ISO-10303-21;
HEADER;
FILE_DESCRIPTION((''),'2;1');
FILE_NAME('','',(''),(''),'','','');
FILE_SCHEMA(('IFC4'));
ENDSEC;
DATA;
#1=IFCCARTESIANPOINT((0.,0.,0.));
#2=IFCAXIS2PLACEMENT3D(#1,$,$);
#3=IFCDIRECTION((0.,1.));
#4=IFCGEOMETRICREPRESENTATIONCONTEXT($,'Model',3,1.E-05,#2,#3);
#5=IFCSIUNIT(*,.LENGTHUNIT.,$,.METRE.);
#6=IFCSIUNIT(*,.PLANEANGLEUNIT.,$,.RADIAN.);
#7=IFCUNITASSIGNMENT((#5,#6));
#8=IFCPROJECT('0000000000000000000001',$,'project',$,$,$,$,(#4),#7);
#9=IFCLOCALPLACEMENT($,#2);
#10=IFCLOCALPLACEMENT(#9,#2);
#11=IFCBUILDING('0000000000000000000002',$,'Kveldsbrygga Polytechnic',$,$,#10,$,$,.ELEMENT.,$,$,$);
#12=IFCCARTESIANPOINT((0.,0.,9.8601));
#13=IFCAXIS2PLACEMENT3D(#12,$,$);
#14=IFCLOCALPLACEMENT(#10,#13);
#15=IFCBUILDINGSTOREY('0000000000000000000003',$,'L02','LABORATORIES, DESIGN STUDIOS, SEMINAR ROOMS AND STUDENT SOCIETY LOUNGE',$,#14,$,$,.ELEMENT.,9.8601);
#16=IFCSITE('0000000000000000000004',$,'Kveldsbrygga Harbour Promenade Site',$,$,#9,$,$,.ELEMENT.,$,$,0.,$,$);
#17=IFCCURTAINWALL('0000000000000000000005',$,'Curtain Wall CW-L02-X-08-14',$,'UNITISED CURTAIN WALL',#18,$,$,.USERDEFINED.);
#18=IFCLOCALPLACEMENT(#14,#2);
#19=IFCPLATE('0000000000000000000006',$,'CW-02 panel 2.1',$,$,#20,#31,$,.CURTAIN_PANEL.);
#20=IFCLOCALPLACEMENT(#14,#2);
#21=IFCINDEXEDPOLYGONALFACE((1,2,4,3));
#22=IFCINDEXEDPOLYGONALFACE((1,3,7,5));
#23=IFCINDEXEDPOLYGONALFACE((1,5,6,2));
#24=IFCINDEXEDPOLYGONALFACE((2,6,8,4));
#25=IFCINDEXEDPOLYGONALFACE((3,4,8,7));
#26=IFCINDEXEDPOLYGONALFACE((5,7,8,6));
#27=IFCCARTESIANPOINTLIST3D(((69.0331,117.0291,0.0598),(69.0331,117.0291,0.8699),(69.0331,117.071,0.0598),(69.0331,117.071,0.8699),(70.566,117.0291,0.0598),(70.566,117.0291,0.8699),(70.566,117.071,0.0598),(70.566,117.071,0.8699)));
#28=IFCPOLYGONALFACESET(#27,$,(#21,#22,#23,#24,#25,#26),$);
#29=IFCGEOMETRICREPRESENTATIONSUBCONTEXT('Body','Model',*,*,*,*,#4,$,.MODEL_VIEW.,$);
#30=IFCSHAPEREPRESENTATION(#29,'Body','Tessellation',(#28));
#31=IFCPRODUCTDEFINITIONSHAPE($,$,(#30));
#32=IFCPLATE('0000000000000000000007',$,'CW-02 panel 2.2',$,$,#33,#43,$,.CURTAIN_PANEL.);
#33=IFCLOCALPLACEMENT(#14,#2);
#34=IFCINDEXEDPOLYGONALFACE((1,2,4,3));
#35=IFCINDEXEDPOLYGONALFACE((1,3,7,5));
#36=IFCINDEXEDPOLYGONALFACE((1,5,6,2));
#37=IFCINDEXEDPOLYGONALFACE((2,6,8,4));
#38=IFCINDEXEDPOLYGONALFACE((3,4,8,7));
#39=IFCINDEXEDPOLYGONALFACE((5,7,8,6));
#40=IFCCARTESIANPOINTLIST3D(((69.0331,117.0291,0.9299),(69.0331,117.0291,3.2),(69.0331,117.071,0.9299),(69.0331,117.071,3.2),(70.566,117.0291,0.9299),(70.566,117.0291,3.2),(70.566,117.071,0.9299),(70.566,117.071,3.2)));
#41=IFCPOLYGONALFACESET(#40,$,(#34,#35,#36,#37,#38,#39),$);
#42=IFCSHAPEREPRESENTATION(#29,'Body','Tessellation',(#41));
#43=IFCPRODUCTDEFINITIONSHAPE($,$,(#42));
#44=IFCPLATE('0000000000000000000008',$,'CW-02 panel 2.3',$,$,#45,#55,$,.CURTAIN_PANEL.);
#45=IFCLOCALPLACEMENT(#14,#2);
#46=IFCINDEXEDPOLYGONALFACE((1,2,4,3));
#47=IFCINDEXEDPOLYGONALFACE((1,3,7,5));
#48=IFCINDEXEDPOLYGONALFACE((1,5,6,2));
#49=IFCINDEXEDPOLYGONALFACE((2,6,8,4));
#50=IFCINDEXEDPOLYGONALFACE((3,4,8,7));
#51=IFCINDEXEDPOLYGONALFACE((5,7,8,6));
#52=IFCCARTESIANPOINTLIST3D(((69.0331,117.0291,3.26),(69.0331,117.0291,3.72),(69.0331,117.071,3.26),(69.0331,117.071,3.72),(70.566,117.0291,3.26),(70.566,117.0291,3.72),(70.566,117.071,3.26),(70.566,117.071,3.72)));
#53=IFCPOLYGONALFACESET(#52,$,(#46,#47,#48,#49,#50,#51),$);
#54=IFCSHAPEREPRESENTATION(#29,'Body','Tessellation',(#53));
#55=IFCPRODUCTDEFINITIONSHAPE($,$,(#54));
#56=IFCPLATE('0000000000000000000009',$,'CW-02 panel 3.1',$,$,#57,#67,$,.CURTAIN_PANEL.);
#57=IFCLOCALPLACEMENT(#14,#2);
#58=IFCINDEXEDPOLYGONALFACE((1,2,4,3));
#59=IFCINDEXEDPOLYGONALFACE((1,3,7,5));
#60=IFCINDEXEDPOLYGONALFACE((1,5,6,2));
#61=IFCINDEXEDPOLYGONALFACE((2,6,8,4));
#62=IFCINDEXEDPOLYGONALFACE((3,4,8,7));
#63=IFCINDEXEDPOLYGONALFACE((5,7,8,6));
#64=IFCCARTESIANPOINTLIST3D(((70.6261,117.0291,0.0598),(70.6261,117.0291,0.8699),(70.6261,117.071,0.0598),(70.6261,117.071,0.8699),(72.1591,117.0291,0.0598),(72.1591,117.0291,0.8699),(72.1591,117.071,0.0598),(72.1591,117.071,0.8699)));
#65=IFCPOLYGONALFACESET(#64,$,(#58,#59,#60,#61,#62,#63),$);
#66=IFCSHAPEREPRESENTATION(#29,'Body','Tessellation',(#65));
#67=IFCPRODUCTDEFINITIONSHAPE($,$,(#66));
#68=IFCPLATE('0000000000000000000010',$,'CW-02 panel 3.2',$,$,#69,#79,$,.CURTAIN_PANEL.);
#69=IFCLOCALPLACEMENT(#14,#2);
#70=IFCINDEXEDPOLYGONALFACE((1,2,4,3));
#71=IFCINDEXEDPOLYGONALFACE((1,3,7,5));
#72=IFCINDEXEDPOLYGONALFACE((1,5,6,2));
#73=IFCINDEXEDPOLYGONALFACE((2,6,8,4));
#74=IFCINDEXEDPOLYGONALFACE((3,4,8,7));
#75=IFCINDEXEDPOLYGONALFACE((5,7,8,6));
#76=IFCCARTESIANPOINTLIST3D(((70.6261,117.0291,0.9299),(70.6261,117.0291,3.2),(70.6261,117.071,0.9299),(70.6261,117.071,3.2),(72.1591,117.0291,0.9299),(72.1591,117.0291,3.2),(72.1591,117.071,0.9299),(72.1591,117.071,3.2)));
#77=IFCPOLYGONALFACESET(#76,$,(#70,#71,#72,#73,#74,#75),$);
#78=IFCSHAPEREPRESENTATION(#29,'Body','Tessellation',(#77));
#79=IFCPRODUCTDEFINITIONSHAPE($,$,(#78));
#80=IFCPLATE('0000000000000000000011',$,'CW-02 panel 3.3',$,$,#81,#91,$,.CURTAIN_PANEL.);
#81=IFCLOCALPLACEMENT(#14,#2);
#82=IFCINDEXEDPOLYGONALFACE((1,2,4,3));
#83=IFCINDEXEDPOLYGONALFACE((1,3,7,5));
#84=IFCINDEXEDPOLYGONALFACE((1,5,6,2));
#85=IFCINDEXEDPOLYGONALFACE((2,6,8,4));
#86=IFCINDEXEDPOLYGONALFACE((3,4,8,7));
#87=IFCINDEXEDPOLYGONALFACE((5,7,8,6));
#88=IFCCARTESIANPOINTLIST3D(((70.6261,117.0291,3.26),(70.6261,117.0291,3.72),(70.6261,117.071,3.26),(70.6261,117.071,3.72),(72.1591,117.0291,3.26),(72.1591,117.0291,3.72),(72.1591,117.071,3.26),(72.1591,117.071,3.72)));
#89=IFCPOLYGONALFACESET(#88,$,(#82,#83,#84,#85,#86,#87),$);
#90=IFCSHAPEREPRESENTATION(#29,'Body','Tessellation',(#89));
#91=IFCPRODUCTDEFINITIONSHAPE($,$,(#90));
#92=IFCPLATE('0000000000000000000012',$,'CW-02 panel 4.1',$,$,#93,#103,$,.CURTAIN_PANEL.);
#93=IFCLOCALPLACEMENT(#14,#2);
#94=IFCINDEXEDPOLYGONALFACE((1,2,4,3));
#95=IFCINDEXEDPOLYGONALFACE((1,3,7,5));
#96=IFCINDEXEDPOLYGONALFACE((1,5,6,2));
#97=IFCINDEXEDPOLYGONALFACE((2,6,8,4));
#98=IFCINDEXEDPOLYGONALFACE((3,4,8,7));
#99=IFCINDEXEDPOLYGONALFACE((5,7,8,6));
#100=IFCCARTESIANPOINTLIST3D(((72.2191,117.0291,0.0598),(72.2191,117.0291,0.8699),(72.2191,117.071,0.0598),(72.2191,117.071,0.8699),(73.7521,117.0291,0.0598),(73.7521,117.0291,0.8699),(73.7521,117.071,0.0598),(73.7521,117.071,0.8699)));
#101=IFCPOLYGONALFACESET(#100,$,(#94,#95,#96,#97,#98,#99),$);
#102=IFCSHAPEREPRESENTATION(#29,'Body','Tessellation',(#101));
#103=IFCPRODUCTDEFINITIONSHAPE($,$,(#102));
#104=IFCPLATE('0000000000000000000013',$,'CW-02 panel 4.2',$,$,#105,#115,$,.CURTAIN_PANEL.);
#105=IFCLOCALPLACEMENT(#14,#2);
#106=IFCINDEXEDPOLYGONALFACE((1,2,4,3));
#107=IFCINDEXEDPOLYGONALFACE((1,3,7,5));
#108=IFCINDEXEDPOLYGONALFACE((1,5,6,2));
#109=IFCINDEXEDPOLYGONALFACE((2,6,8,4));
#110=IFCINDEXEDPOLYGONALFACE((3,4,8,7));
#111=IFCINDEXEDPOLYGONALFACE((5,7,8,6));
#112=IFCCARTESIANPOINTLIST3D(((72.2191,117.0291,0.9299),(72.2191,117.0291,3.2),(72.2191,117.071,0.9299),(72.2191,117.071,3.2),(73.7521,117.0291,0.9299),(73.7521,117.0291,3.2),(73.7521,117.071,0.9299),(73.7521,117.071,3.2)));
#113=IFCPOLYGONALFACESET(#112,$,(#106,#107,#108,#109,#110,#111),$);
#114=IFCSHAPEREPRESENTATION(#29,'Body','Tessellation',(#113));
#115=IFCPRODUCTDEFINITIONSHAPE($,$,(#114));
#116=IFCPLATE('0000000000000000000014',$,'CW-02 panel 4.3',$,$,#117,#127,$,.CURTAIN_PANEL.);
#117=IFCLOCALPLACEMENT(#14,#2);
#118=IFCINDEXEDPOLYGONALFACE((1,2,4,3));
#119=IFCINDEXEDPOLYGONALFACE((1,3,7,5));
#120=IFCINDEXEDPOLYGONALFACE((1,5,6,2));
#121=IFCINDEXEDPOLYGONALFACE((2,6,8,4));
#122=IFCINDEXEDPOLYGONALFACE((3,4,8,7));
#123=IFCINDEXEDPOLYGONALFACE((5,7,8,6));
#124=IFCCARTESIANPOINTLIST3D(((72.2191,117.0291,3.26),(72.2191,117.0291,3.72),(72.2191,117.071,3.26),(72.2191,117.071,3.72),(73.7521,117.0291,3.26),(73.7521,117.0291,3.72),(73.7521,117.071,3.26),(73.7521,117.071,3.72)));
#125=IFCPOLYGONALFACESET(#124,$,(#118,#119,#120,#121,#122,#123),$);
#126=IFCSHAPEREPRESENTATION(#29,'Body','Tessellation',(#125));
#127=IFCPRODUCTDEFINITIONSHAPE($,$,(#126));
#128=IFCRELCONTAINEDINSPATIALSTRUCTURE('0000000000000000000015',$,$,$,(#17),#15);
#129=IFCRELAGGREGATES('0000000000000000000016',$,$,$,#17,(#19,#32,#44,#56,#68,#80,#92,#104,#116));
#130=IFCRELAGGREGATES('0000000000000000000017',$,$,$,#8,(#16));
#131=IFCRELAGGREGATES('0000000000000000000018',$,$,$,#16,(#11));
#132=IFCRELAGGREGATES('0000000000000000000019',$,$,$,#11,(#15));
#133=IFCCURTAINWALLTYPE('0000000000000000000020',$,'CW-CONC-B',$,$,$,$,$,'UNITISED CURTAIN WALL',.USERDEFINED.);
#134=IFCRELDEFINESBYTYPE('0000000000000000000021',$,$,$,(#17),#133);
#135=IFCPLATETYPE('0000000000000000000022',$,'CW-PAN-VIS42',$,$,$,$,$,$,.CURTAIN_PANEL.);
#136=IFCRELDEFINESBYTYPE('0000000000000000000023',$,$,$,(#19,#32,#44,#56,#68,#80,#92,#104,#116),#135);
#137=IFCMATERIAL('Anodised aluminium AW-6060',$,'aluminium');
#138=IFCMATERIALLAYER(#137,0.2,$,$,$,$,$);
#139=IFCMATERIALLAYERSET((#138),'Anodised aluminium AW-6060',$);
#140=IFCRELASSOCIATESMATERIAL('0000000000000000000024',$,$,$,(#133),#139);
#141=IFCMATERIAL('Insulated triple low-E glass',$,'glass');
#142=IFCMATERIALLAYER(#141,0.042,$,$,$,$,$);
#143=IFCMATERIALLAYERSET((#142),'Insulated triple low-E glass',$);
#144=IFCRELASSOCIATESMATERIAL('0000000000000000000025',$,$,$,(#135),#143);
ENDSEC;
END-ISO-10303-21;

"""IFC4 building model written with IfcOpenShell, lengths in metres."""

from ifc_helpers import new_model, si_unit, direction, frame, origin, origin_2d, place, context, subcontext, project, spatial, rectangle, extrude, material, layer, layer_set, type_object, element, aggregate, save


model = new_model("IFC4")

# Units and contexts
model_context = context("Model", 3, precision=1e-05, world=origin(), true_north=direction((0.0, 1.0)))
body_context = subcontext(model_context, "Body", "Model", "MODEL_VIEW")
ifc_project = project(units=[si_unit("LENGTHUNIT", "METRE"), si_unit("PLANEANGLEUNIT", "RADIAN")], contexts=[model_context])

# Site, building, storey
site_placement = place(None, origin())
site = spatial("IfcSite", under=ifc_project, at=site_placement, Name="Kveldsbrygga Harbour Promenade Site", CompositionType="ELEMENT", RefElevation=0.0)
building_placement = place(site_placement, origin())
building = spatial("IfcBuilding", under=site, at=building_placement, Name="Kveldsbrygga Polytechnic", CompositionType="ELEMENT")
storey_placement = place(building_placement, frame((0.0, 0.0, 9.8601)))
storey = spatial("IfcBuildingStorey", under=building, at=storey_placement, Name="L02", Description="LABORATORIES, DESIGN STUDIOS, SEMINAR ROOMS AND STUDENT SOCIETY LOUNGE", CompositionType="ELEMENT", Elevation=9.8601)

# Curtain wall, plates
ifc_material_1 = material(Name="Anodised aluminium AW-6060", Category="aluminium")
ifc_layer_1 = layer(ifc_material_1, 0.2)
ifc_layer_set_1 = layer_set([ifc_layer_1], Name="Anodised aluminium AW-6060")
curtain_wall_type = type_object("IfcCurtainWallType", Name="CW-CONC-B", ElementType="UNITISED CURTAIN WALL", PredefinedType="USERDEFINED", material=ifc_layer_set_1)
curtain_wall_placement = place(storey_placement, origin())
curtain_wall = element("IfcCurtainWall", 1, at=curtain_wall_placement, inside=storey, type_object=curtain_wall_type, Name="Curtain Wall CW-L02-X-08-14", ObjectType="UNITISED CURTAIN WALL", PredefinedType="USERDEFINED")
ifc_material_2 = material(Name="Insulated triple low-E glass", Category="glass")
ifc_layer_2 = layer(ifc_material_2, 0.042)
ifc_layer_set_2 = layer_set([ifc_layer_2], Name="Insulated triple low-E glass")
plate_type = type_object("IfcPlateType", Name="CW-PAN-VIS42", PredefinedType="CURTAIN_PANEL", material=ifc_layer_set_2)
plate_1_placement = place(storey_placement, frame((69.7996, 117.05, 0.0598), z_axis=(0.0, 0.0, 1.0), x_axis=(1.0, 0.0, 0.0)))
plate_1 = element("IfcPlate", 2, at=plate_1_placement, type_object=plate_type, Name="CW-02 panel 2.1", PredefinedType="CURTAIN_PANEL", context=body_context, shape_type="SweptSolid", body=[
    extrude(rectangle(XDim=1.533, YDim=0.042, at=origin_2d()), origin(), (0.0, 0.0, 1.0), 0.8101),
])
plate_2_placement = place(storey_placement, frame((69.7996, 117.05, 0.9299), z_axis=(0.0, 0.0, 1.0), x_axis=(1.0, 0.0, 0.0)))
plate_2 = element("IfcPlate", 3, at=plate_2_placement, type_object=plate_type, Name="CW-02 panel 2.2", PredefinedType="CURTAIN_PANEL", context=body_context, shape_type="SweptSolid", body=[
    extrude(rectangle(XDim=1.533, YDim=0.042, at=origin_2d()), origin(), (0.0, 0.0, 1.0), 2.27),
])
plate_3_placement = place(storey_placement, frame((69.7996, 117.05, 3.26), z_axis=(0.0, 0.0, 1.0), x_axis=(1.0, 0.0, 0.0)))
plate_3 = element("IfcPlate", 4, at=plate_3_placement, type_object=plate_type, Name="CW-02 panel 2.3", PredefinedType="CURTAIN_PANEL", context=body_context, shape_type="SweptSolid", body=[
    extrude(rectangle(XDim=1.533, YDim=0.042, at=origin_2d()), origin(), (0.0, 0.0, 1.0), 0.46),
])
plate_4_placement = place(storey_placement, frame((71.3926, 117.05, 0.0598), z_axis=(0.0, 0.0, 1.0), x_axis=(1.0, 0.0, 0.0)))
plate_4 = element("IfcPlate", 5, at=plate_4_placement, type_object=plate_type, Name="CW-02 panel 3.1", PredefinedType="CURTAIN_PANEL", context=body_context, shape_type="SweptSolid", body=[
    extrude(rectangle(XDim=1.533, YDim=0.042, at=origin_2d()), origin(), (0.0, 0.0, 1.0), 0.8101),
])
plate_5_placement = place(storey_placement, frame((71.3926, 117.05, 0.9299), z_axis=(0.0, 0.0, 1.0), x_axis=(1.0, 0.0, 0.0)))
plate_5 = element("IfcPlate", 6, at=plate_5_placement, type_object=plate_type, Name="CW-02 panel 3.2", PredefinedType="CURTAIN_PANEL", context=body_context, shape_type="SweptSolid", body=[
    extrude(rectangle(XDim=1.533, YDim=0.042, at=origin_2d()), origin(), (0.0, 0.0, 1.0), 2.27),
])
plate_6_placement = place(storey_placement, frame((71.3926, 117.05, 3.26), z_axis=(0.0, 0.0, 1.0), x_axis=(1.0, 0.0, 0.0)))
plate_6 = element("IfcPlate", 7, at=plate_6_placement, type_object=plate_type, Name="CW-02 panel 3.3", PredefinedType="CURTAIN_PANEL", context=body_context, shape_type="SweptSolid", body=[
    extrude(rectangle(XDim=1.533, YDim=0.042, at=origin_2d()), origin(), (0.0, 0.0, 1.0), 0.46),
])
plate_7_placement = place(storey_placement, frame((72.9856, 117.05, 0.0598), z_axis=(0.0, 0.0, 1.0), x_axis=(1.0, 0.0, 0.0)))
plate_7 = element("IfcPlate", 8, at=plate_7_placement, type_object=plate_type, Name="CW-02 panel 4.1", PredefinedType="CURTAIN_PANEL", context=body_context, shape_type="SweptSolid", body=[
    extrude(rectangle(XDim=1.533, YDim=0.042, at=origin_2d()), origin(), (0.0, 0.0, 1.0), 0.8101),
])
plate_8_placement = place(storey_placement, frame((72.9856, 117.05, 0.9299), z_axis=(0.0, 0.0, 1.0), x_axis=(1.0, 0.0, 0.0)))
plate_8 = element("IfcPlate", 9, at=plate_8_placement, type_object=plate_type, Name="CW-02 panel 4.2", PredefinedType="CURTAIN_PANEL", context=body_context, shape_type="SweptSolid", body=[
    extrude(rectangle(XDim=1.533, YDim=0.042, at=origin_2d()), origin(), (0.0, 0.0, 1.0), 2.27),
])
plate_9_placement = place(storey_placement, frame((72.9856, 117.05, 3.26), z_axis=(0.0, 0.0, 1.0), x_axis=(1.0, 0.0, 0.0)))
plate_9 = element("IfcPlate", 10, at=plate_9_placement, type_object=plate_type, Name="CW-02 panel 4.3", PredefinedType="CURTAIN_PANEL", context=body_context, shape_type="SweptSolid", body=[
    extrude(rectangle(XDim=1.533, YDim=0.042, at=origin_2d()), origin(), (0.0, 0.0, 1.0), 0.46),
])
aggregate(curtain_wall, [plate_1, plate_2, plate_3, plate_4, plate_5, plate_6, plate_7, plate_8, plate_9])

save(model, "model.ifc")
